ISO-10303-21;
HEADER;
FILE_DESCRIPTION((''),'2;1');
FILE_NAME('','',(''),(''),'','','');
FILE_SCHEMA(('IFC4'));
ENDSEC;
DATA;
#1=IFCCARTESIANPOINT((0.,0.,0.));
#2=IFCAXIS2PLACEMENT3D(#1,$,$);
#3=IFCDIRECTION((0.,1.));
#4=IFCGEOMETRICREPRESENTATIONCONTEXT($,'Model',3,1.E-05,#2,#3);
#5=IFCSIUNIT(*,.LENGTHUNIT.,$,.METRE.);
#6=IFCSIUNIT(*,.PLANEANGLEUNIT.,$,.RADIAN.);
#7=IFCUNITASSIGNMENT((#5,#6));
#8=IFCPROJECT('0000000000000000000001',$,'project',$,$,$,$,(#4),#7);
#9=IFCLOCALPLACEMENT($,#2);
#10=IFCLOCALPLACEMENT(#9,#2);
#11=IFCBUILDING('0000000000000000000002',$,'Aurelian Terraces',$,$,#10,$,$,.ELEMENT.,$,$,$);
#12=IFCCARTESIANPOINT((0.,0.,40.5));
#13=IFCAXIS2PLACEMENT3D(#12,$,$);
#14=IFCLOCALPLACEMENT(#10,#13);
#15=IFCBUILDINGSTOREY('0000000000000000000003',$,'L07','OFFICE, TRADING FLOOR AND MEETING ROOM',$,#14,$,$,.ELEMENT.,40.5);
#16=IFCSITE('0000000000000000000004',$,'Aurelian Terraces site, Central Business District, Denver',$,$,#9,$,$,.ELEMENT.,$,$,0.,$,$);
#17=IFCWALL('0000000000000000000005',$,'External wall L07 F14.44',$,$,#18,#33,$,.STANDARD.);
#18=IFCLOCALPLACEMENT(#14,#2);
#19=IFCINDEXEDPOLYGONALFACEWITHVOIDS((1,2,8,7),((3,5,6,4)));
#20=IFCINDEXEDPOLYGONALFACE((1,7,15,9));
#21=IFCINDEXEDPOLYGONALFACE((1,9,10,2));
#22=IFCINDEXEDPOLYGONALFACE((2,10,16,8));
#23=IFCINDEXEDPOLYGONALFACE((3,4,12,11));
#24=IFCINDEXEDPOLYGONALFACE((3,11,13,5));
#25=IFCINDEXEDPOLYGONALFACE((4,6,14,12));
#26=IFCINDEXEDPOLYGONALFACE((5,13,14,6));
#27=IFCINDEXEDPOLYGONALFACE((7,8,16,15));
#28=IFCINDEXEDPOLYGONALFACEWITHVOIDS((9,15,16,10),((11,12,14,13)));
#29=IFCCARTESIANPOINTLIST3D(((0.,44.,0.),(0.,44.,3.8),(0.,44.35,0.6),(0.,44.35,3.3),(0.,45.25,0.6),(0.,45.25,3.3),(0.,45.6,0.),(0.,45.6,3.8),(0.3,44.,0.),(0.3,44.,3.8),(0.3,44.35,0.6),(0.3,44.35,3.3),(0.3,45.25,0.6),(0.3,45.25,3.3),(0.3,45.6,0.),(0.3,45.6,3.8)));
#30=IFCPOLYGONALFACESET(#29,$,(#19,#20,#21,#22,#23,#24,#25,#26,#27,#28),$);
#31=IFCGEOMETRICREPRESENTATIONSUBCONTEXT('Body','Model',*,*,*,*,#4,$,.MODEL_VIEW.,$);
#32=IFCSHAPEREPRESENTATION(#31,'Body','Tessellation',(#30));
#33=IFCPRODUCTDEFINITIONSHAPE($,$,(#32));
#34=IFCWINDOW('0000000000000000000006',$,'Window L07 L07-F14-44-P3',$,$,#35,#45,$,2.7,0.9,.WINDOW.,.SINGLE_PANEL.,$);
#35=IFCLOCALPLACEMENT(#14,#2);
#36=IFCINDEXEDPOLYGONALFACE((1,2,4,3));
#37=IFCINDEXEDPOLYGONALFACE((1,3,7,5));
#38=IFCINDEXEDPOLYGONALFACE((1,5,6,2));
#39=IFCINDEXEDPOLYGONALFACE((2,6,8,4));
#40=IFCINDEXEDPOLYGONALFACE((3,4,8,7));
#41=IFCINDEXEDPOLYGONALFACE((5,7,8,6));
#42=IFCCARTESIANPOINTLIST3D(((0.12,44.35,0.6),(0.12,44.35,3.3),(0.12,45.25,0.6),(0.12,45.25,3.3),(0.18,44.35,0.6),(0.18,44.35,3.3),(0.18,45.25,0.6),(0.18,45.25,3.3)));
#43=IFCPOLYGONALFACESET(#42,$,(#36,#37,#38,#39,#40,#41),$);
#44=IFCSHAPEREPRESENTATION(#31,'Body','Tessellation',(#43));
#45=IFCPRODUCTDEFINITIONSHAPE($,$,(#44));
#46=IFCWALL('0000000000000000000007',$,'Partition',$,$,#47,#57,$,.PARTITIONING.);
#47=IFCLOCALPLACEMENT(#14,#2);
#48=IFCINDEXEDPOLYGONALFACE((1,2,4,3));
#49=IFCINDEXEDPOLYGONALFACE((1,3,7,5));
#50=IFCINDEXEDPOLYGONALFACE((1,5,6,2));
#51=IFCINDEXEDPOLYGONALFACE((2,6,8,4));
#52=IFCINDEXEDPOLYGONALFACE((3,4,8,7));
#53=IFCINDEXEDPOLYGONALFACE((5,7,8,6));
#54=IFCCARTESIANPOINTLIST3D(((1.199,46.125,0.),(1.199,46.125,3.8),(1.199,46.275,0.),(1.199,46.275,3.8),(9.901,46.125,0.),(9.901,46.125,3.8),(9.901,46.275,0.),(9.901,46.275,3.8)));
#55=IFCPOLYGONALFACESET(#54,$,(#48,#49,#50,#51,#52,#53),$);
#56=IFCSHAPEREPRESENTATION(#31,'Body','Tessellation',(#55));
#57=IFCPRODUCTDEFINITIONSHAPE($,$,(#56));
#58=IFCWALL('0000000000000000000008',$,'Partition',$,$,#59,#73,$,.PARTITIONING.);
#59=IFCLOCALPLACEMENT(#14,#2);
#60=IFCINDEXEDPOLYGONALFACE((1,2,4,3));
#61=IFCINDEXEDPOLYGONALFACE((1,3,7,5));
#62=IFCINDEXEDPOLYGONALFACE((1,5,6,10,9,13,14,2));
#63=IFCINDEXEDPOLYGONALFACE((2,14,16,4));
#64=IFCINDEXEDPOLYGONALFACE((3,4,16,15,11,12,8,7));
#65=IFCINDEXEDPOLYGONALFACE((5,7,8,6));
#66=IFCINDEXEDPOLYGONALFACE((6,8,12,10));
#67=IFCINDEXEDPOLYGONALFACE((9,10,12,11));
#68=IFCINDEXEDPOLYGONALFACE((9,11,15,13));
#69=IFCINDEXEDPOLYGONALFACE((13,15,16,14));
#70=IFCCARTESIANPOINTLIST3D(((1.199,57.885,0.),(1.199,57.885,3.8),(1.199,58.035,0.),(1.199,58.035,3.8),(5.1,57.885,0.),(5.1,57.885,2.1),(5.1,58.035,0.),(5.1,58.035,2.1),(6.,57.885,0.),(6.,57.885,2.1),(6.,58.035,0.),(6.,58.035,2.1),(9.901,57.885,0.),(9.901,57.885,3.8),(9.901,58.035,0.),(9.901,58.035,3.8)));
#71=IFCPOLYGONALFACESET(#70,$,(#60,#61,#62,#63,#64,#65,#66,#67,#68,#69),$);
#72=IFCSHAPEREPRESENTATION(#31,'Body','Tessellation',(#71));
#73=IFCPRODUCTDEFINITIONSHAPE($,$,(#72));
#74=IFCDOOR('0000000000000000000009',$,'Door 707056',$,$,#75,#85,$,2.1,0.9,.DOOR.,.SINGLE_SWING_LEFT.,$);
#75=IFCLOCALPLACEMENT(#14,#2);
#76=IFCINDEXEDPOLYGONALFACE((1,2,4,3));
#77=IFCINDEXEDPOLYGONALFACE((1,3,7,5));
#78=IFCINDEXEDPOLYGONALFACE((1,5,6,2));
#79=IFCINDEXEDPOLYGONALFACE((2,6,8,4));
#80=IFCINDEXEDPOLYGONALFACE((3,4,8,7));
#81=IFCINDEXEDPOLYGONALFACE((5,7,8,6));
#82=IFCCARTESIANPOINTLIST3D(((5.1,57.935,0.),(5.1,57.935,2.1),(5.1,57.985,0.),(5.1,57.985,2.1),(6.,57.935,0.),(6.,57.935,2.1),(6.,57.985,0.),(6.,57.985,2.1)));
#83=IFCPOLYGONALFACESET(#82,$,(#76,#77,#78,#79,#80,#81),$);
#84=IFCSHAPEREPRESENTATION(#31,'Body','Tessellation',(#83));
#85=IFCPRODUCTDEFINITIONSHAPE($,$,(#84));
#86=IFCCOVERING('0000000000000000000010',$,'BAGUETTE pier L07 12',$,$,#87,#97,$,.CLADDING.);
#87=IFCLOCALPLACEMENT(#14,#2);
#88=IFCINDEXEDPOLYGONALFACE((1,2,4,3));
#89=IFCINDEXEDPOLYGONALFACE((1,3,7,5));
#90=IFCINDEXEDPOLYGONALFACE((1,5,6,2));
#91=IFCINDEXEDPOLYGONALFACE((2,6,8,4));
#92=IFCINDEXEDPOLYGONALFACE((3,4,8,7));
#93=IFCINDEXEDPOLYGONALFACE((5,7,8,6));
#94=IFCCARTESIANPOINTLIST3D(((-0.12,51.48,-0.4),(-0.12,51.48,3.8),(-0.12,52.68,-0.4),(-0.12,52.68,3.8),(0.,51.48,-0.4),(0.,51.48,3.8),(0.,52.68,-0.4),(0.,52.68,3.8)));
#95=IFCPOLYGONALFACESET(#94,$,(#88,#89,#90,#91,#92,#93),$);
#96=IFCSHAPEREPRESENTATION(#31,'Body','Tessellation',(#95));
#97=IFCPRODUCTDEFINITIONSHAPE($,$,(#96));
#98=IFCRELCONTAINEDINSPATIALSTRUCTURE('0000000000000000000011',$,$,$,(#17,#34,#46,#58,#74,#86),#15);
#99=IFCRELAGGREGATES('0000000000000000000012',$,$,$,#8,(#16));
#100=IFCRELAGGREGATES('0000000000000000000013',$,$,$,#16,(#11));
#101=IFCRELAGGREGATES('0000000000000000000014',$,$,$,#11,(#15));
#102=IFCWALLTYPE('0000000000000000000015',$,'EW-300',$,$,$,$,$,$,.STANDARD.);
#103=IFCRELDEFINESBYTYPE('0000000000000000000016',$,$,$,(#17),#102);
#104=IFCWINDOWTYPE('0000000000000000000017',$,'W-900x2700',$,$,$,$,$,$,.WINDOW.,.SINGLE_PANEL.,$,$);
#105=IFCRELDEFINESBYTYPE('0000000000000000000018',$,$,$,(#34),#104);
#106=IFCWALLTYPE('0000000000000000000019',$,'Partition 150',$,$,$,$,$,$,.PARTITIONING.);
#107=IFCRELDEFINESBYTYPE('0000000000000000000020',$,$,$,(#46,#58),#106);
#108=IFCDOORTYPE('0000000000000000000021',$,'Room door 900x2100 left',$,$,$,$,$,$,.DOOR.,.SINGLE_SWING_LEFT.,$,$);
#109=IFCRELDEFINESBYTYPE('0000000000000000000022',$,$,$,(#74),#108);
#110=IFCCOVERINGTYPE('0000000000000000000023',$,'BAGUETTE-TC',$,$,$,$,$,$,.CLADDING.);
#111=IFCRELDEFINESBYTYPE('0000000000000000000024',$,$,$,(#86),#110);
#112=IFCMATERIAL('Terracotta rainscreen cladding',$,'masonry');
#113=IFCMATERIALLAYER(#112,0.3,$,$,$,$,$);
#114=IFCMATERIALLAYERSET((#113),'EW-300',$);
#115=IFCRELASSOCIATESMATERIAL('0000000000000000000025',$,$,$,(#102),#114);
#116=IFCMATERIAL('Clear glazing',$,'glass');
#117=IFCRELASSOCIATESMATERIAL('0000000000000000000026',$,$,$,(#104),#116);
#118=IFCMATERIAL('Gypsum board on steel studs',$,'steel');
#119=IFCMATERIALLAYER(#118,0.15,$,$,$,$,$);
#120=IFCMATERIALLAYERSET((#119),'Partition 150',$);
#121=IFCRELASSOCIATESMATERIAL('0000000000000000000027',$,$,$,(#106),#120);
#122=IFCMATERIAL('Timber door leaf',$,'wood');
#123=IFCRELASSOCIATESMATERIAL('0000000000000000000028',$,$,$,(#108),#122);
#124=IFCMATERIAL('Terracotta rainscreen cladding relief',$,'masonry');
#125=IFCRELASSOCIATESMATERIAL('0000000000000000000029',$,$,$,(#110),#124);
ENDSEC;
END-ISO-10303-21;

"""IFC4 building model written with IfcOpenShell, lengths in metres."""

from ifc_helpers import new_model, si_unit, direction, frame, frame_2d, origin, origin_2d, place, context, subcontext, project, spatial, rectangle, extrude, source, transform, mapped, material, layer, layer_set, type_object, element, fill, save


model = new_model("IFC4")

# Units and contexts
model_context = context("Model", 3, precision=1e-05, world=origin(), true_north=direction((0.0, 1.0)))
body_context = subcontext(model_context, "Body", "Model", "MODEL_VIEW")
ifc_project = project(units=[si_unit("LENGTHUNIT", "METRE"), si_unit("PLANEANGLEUNIT", "RADIAN")], contexts=[model_context])

# Site, building, storey
site_placement = place(None, origin())
site = spatial("IfcSite", under=ifc_project, at=site_placement, Name="Aurelian Terraces site, Central Business District, Denver", CompositionType="ELEMENT", RefElevation=0.0)
building_placement = place(site_placement, origin())
building = spatial("IfcBuilding", under=site, at=building_placement, Name="Aurelian Terraces", CompositionType="ELEMENT")
storey_placement = place(building_placement, frame((0.0, 0.0, 40.5)))
storey = spatial("IfcBuildingStorey", under=building, at=storey_placement, Name="L07", Description="OFFICE, TRADING FLOOR AND MEETING ROOM", CompositionType="ELEMENT", Elevation=40.5)

# Shared definitions
ifc_material_1 = material(Name="Terracotta rainscreen cladding", Category="masonry")
ifc_layer_1 = layer(ifc_material_1, 0.3)
ifc_layer_set_1 = layer_set([ifc_layer_1], Name="EW-300")
wall_type_1 = type_object("IfcWallType", Name="EW-300", PredefinedType="STANDARD", material=ifc_layer_set_1)
ifc_material_2 = material(Name="Clear glazing", Category="glass")

# Wall, opening, window
shared_shape_1 = source(origin(), body_context, "Body", "SweptSolid", [
    extrude(rectangle(XDim=1.6, YDim=0.3, at=frame_2d((0.8, 0.0))), origin(), (0.0, 0.0, 1.0), 3.8),
])
wall_1_placement = place(storey_placement, frame((0.15, 45.6, 0.0), z_axis=(0.0, 0.0, 1.0), x_axis=(0.0, -1.0, 0.0)))
wall_1 = element("IfcWall", 1, at=wall_1_placement, inside=storey, type_object=wall_type_1, Name="External wall L07 F14.44", PredefinedType="STANDARD", context=body_context, shape_type="MappedRepresentation", body=[
    mapped(shared_shape_1, transform((0.0, 0.0, 0.0), scale=1.0)),
])
shared_shape_2 = source(origin(), body_context, "Body", "SweptSolid", [
    extrude(rectangle(XDim=0.9, YDim=2.7, at=frame_2d((0.45, 1.35))), frame((0.0, 0.16, 0.0), z_axis=(0.0, -1.0, 0.0), x_axis=(1.0, 0.0, 0.0)), (0.0, 0.0, 1.0), 0.32),
])
opening_1_placement = place(wall_1_placement, frame((0.35, 0.0, 0.6)))
opening_1 = element("IfcOpeningElement", 2, at=opening_1_placement, cuts=wall_1, PredefinedType="OPENING", context=body_context, shape_type="MappedRepresentation", body=[
    mapped(shared_shape_2, transform((0.0, 0.0, 0.0), scale=1.0)),
])
window_type_1 = type_object("IfcWindowType", Name="W-900x2700", PartitioningType="SINGLE_PANEL", PredefinedType="WINDOW", material=ifc_material_2)
shared_shape_3 = source(origin(), body_context, "Body", "SweptSolid", [
    extrude(rectangle(XDim=0.9, YDim=2.7, at=frame_2d((0.45, 1.35))), frame((0.0, 0.03, 0.0), z_axis=(0.0, -1.0, 0.0), x_axis=(1.0, 0.0, 0.0)), (0.0, 0.0, 1.0), 0.06),
])
window_1_placement = place(opening_1_placement, origin())
window_1 = element("IfcWindow", 3, at=window_1_placement, inside=storey, type_object=window_type_1, Name="Window L07 L07-F14-44-P3", OverallHeight=2.7, OverallWidth=0.9, PartitioningType="SINGLE_PANEL", PredefinedType="WINDOW", context=body_context, shape_type="MappedRepresentation", body=[
    mapped(shared_shape_3, transform((0.0, 0.0, 0.0), scale=1.0)),
])
fill(opening_1, window_1)

# Wall
ifc_material_3 = material(Name="Gypsum board on steel studs", Category="steel")
ifc_layer_2 = layer(ifc_material_3, 0.15)
ifc_layer_set_2 = layer_set([ifc_layer_2], Name="Partition 150")
wall_type_2 = type_object("IfcWallType", Name="Partition 150", PredefinedType="PARTITIONING", material=ifc_layer_set_2)
shared_shape_4 = source(origin(), body_context, "Body", "SweptSolid", [
    extrude(rectangle(XDim=8.702, YDim=0.15, at=frame_2d((4.351, 0.0))), origin(), (0.0, 0.0, 1.0), 3.8),
])
wall_2_placement = place(storey_placement, frame((9.901, 46.2, 0.0), z_axis=(0.0, 0.0, 1.0), x_axis=(-1.0, 0.0, 0.0)))
element("IfcWall", 4, at=wall_2_placement, inside=storey, type_object=wall_type_2, Name="Partition", PredefinedType="PARTITIONING", context=body_context, shape_type="MappedRepresentation", body=[
    mapped(shared_shape_4, transform((0.0, 0.0, 0.0), scale=1.0)),
])

# Wall, opening, door
wall_3_placement = place(storey_placement, frame((9.901, 57.96, 0.0), z_axis=(0.0, 0.0, 1.0), x_axis=(-1.0, 0.0, 0.0)))
wall_3 = element("IfcWall", 5, at=wall_3_placement, inside=storey, type_object=wall_type_2, Name="Partition", PredefinedType="PARTITIONING", context=body_context, shape_type="MappedRepresentation", body=[
    mapped(shared_shape_4, transform((0.0, 0.0, 0.0), scale=1.0)),
])
shared_shape_5 = source(origin(), body_context, "Body", "SweptSolid", [
    extrude(rectangle(XDim=0.9, YDim=2.1, at=frame_2d((0.45, 1.05))), frame((0.0, 0.085, 0.0), z_axis=(0.0, -1.0, 0.0), x_axis=(1.0, 0.0, 0.0)), (0.0, 0.0, 1.0), 0.17),
])
opening_2_placement = place(wall_3_placement, frame((3.901, 0.0, 0.0)))
opening_2 = element("IfcOpeningElement", 6, at=opening_2_placement, cuts=wall_3, PredefinedType="OPENING", context=body_context, shape_type="MappedRepresentation", body=[
    mapped(shared_shape_5, transform((0.0, 0.0, 0.0), scale=1.0)),
])
ifc_material_4 = material(Name="Timber door leaf", Category="wood")
door_type = type_object("IfcDoorType", Name="Room door 900x2100 left", OperationType="SINGLE_SWING_LEFT", PredefinedType="DOOR", material=ifc_material_4)
shared_shape_6 = source(origin(), body_context, "Body", "SweptSolid", [
    extrude(rectangle(XDim=0.9, YDim=2.1, at=frame_2d((0.45, 1.05))), frame((0.0, 0.025, 0.0), z_axis=(0.0, -1.0, 0.0), x_axis=(1.0, 0.0, 0.0)), (0.0, 0.0, 1.0), 0.05),
])
door_placement = place(opening_2_placement, origin())
door = element("IfcDoor", 7, at=door_placement, inside=storey, type_object=door_type, Name="Door 707056", OperationType="SINGLE_SWING_LEFT", OverallHeight=2.1, OverallWidth=0.9, PredefinedType="DOOR", context=body_context, shape_type="MappedRepresentation", body=[
    mapped(shared_shape_6, transform((0.0, 0.0, 0.0), scale=1.0)),
])
fill(opening_2, door)

# Covering
ifc_material_5 = material(Name="Terracotta rainscreen cladding relief", Category="masonry")
covering_type = type_object("IfcCoveringType", Name="BAGUETTE-TC", PredefinedType="CLADDING", material=ifc_material_5)
shared_shape_7 = source(origin(), body_context, "Body", "SweptSolid", [
    extrude(rectangle(XDim=0.12, YDim=1.2, at=origin_2d()), origin(), (0.0, 0.0, 1.0), 4.2),
])
covering_placement = place(storey_placement, frame((-0.06, 52.08, -0.4), z_axis=(0.0, 0.0, 1.0), x_axis=(1.0, 0.0, 0.0)))
element("IfcCovering", 8, at=covering_placement, inside=storey, type_object=covering_type, Name="BAGUETTE pier L07 12", PredefinedType="CLADDING", context=body_context, shape_type="MappedRepresentation", body=[
    mapped(shared_shape_7, transform((0.0, 0.0, 0.0), scale=1.0)),
])

save(model, "model.ifc")
